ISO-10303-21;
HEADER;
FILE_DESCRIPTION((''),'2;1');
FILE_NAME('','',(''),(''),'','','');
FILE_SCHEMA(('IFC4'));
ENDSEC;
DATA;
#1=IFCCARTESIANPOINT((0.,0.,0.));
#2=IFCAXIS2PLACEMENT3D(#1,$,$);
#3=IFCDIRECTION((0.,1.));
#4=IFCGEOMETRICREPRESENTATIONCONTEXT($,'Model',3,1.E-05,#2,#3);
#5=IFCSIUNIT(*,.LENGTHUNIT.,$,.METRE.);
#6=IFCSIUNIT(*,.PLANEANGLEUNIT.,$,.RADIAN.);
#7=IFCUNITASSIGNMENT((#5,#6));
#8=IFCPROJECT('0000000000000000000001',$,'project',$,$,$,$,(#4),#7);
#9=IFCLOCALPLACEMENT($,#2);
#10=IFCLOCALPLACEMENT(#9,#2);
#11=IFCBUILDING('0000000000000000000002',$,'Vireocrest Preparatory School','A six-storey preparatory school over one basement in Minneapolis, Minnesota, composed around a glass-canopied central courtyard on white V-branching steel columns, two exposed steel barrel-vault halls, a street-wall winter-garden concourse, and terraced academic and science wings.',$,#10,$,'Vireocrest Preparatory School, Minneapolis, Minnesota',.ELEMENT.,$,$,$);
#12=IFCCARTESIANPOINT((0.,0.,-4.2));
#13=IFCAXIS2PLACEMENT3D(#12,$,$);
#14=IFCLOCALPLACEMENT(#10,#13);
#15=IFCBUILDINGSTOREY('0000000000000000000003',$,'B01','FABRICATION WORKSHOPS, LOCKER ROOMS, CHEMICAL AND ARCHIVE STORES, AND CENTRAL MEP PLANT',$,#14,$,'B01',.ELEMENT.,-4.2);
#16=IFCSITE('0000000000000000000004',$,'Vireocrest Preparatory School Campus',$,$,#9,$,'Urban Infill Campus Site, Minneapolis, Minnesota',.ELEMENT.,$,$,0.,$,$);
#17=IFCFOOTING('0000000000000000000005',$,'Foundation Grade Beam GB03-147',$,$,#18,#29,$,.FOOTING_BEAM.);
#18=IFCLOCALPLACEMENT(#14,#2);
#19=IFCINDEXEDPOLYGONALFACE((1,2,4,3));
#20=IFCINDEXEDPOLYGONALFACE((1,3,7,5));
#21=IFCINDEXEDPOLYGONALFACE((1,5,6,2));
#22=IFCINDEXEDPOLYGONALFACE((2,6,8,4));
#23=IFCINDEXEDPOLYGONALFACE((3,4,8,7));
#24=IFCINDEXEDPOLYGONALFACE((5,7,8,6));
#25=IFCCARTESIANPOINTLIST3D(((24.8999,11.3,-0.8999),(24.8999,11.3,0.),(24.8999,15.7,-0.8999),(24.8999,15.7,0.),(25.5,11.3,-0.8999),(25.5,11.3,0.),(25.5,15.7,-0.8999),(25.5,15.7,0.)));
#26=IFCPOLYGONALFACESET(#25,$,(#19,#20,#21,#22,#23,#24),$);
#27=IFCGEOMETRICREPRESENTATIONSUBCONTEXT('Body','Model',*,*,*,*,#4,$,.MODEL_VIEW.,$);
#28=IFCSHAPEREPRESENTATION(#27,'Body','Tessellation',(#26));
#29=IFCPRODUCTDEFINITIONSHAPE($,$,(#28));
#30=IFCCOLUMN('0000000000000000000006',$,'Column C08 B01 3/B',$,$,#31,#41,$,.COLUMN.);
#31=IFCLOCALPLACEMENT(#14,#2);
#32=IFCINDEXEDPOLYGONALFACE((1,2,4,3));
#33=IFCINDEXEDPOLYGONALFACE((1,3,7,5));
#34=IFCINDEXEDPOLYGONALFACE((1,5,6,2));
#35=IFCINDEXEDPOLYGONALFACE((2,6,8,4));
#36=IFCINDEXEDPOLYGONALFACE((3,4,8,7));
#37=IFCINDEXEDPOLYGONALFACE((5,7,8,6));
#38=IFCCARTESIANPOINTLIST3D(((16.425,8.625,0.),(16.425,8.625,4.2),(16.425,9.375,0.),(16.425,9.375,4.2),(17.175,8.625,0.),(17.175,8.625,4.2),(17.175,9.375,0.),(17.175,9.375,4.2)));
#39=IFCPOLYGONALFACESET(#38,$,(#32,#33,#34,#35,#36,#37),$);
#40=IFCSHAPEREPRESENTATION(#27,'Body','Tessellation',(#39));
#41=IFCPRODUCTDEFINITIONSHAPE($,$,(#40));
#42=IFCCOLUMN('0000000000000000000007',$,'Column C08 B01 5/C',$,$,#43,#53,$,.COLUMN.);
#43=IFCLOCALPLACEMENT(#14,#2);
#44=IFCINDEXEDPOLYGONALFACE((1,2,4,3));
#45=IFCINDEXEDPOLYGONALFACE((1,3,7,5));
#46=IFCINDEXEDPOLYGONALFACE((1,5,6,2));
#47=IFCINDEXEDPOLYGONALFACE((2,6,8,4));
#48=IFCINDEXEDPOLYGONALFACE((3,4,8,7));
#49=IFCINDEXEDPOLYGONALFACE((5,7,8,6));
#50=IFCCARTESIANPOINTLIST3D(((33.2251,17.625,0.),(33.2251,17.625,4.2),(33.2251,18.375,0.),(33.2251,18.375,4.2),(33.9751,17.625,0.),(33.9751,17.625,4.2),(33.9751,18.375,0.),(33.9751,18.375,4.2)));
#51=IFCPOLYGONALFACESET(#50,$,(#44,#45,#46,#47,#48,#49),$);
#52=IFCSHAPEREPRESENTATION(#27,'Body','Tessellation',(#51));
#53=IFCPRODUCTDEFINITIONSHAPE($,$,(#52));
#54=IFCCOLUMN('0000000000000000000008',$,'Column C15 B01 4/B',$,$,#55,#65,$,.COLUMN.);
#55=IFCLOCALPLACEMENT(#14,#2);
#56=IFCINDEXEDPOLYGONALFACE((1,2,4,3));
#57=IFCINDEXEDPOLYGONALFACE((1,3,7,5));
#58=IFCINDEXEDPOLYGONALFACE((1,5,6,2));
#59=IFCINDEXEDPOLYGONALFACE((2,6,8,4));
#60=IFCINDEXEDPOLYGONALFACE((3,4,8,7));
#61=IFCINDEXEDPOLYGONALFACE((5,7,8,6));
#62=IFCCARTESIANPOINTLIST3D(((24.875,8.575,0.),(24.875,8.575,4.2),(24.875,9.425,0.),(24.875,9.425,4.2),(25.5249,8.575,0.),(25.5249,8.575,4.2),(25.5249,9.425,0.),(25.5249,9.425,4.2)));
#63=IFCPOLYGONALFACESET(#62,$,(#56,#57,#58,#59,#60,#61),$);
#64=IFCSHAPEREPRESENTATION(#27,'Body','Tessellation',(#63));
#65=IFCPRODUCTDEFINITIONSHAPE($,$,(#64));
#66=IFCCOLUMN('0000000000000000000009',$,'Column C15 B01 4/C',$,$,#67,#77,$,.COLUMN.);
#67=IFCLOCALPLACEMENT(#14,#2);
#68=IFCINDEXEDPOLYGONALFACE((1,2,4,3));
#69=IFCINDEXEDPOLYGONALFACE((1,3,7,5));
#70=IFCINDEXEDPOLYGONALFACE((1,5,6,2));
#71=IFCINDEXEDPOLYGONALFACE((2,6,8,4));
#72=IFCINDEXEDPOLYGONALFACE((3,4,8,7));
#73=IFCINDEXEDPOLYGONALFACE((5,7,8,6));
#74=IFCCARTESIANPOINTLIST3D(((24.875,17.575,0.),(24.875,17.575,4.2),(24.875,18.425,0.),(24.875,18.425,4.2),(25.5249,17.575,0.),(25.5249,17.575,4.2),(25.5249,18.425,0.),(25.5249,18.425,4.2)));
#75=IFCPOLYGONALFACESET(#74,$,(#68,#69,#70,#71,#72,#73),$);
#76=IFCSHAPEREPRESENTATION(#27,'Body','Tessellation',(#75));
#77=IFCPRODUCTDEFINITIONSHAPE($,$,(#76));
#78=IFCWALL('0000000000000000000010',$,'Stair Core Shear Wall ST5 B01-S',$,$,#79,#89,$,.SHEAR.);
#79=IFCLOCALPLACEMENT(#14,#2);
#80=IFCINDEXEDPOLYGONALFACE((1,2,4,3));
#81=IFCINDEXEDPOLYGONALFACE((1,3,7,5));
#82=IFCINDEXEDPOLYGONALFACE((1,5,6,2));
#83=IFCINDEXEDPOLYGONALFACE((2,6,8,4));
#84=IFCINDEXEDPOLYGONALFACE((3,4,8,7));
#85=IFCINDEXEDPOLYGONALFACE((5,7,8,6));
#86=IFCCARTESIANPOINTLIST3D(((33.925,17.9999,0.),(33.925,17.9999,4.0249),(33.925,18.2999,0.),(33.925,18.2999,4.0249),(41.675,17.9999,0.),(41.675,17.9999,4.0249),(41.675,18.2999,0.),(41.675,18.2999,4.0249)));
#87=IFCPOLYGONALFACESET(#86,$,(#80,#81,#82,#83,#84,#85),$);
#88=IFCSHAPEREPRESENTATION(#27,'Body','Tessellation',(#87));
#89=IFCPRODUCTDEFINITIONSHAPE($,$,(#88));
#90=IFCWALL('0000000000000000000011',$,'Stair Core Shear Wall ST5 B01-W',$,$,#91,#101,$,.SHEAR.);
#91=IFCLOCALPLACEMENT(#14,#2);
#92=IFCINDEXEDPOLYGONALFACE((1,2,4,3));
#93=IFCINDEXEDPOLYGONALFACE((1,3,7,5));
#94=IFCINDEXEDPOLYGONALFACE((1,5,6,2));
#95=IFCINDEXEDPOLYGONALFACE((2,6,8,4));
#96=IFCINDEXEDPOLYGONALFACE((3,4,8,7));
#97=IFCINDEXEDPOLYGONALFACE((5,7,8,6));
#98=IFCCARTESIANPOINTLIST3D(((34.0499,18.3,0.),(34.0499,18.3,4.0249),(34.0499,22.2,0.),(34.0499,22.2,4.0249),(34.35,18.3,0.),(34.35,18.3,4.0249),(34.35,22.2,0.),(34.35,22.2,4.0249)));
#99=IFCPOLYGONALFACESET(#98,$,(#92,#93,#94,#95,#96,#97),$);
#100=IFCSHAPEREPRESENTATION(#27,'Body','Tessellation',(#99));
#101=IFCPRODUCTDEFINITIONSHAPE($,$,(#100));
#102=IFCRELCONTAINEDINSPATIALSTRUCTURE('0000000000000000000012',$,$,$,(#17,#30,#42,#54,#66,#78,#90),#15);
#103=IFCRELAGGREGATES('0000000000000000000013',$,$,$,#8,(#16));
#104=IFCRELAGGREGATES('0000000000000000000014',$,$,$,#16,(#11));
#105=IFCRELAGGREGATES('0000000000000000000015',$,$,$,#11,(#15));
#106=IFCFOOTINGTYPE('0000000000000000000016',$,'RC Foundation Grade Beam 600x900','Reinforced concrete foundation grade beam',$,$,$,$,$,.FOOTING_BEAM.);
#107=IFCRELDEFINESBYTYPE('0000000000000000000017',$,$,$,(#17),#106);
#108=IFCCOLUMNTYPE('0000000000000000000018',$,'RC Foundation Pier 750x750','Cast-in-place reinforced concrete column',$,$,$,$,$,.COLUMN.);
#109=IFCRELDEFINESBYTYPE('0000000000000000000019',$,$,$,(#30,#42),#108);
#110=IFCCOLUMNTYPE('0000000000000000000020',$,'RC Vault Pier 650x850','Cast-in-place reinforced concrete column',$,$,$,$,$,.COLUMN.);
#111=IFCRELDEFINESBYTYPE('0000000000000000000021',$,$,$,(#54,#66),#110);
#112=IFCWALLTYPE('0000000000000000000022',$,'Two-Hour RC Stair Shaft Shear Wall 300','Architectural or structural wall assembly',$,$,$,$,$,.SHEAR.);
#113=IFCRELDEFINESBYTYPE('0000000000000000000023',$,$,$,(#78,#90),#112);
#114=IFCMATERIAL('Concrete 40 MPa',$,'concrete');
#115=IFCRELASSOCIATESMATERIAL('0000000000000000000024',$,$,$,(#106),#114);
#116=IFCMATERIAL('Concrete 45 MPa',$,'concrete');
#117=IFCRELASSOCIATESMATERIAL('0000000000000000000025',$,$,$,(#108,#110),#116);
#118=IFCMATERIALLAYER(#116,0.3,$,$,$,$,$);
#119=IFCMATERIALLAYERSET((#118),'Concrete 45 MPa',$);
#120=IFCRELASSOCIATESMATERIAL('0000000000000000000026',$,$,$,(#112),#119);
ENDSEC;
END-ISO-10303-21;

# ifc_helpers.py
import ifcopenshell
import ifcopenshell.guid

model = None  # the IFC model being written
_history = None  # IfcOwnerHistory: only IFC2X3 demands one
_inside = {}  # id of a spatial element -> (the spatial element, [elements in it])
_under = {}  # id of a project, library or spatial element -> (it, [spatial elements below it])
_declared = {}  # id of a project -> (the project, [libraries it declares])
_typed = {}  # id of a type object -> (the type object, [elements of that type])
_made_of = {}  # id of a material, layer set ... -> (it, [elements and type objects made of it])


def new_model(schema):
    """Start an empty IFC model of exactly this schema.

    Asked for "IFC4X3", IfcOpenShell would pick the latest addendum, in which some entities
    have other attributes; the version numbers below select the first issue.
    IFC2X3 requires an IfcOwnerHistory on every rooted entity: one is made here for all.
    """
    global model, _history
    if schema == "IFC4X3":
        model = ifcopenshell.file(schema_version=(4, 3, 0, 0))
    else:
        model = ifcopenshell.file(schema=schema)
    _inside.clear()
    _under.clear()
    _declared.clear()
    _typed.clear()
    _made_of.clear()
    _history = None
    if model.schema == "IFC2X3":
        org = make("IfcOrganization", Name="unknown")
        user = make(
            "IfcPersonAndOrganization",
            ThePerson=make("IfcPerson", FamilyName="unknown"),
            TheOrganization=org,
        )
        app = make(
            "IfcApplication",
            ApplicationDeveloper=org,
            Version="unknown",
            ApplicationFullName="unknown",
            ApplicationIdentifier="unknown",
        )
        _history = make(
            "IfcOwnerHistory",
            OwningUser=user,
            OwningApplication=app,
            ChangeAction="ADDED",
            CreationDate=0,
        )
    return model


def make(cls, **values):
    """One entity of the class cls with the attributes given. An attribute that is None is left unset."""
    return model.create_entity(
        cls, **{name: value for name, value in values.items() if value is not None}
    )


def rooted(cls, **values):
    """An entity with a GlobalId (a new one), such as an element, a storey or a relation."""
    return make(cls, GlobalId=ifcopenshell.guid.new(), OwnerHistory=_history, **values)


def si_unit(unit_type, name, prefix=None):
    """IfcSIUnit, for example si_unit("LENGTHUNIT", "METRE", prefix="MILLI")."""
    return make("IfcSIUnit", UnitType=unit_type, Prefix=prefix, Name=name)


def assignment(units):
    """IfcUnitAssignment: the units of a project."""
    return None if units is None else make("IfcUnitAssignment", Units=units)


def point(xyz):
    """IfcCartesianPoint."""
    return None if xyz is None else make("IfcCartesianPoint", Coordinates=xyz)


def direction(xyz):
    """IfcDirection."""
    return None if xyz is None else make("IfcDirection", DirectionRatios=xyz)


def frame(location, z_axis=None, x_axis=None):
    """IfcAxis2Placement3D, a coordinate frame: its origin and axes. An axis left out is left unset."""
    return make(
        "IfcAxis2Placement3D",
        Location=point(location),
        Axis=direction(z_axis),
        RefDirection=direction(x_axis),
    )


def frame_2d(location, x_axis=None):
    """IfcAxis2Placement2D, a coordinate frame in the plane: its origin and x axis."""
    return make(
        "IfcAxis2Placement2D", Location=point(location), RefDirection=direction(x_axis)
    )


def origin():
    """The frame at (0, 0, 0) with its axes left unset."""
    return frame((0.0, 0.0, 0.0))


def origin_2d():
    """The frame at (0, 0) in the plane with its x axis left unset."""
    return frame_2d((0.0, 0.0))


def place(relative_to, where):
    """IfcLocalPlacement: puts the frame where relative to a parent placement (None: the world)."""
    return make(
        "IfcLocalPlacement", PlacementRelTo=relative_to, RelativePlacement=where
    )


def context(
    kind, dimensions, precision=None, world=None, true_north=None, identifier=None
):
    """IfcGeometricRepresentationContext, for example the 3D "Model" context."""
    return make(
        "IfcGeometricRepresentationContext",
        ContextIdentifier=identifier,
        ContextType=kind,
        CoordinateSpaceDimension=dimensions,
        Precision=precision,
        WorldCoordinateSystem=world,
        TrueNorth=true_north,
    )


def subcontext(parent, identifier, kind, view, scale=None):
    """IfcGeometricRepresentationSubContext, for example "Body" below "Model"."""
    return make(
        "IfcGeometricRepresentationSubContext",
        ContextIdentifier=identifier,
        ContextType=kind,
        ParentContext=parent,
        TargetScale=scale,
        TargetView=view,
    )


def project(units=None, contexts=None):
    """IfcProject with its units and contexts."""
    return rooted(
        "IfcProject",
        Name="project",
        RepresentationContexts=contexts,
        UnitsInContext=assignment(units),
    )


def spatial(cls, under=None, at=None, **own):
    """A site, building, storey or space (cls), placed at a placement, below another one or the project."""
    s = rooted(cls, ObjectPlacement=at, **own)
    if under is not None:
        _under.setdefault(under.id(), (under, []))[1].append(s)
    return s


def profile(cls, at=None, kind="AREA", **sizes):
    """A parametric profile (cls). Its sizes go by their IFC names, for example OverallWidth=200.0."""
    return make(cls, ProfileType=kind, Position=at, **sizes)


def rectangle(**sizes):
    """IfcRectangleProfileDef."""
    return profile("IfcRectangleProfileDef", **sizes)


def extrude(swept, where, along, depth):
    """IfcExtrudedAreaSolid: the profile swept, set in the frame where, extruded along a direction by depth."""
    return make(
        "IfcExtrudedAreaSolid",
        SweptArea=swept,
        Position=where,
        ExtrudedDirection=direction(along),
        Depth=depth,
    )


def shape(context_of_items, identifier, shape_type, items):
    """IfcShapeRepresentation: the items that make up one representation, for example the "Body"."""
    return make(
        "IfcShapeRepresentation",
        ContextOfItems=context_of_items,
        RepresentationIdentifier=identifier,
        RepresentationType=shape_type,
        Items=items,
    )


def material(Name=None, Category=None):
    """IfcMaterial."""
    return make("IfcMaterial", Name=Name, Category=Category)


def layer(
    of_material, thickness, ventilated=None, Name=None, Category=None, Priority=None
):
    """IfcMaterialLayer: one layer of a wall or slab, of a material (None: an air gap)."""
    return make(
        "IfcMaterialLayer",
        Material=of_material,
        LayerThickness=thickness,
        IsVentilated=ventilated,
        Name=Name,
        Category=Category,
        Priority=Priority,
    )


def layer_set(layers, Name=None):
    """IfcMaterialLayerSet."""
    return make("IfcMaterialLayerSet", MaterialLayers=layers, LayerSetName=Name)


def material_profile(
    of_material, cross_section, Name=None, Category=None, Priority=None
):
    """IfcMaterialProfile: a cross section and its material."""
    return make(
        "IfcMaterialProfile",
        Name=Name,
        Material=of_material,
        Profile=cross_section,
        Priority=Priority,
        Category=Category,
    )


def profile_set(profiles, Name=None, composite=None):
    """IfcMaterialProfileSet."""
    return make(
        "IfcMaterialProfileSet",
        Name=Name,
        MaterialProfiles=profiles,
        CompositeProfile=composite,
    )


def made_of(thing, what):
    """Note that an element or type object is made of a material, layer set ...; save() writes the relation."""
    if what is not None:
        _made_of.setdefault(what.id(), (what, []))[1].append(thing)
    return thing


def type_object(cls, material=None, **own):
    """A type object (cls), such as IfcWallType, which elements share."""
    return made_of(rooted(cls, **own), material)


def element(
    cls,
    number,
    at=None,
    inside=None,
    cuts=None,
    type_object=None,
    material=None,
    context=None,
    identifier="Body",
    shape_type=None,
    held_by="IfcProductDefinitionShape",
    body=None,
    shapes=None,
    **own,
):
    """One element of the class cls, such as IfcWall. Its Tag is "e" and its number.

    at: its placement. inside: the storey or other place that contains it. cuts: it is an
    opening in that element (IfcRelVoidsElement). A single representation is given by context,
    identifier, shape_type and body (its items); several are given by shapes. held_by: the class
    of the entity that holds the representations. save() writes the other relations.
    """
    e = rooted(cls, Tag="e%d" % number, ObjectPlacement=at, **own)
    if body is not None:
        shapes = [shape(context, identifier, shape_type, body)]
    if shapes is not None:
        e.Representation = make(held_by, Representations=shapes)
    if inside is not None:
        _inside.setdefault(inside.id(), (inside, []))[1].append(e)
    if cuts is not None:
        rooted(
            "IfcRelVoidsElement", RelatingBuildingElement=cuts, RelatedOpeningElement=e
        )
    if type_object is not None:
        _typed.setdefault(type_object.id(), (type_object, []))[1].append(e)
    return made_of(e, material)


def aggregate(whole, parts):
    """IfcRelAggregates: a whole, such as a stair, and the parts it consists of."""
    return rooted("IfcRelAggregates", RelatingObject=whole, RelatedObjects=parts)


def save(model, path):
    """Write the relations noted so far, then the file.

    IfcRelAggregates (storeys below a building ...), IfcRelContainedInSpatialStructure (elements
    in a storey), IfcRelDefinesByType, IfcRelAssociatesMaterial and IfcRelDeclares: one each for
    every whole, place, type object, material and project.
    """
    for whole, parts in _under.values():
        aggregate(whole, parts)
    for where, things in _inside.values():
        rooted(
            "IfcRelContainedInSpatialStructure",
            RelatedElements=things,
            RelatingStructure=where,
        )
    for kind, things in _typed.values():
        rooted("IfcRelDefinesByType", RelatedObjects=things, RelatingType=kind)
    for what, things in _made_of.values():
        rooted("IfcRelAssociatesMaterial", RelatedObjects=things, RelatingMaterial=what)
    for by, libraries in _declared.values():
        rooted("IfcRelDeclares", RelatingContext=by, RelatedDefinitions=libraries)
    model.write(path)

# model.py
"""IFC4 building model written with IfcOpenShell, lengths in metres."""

from ifc_helpers import new_model, si_unit, direction, frame, frame_2d, origin, origin_2d, place, context, subcontext, project, spatial, rectangle, extrude, material, layer, layer_set, material_profile, profile_set, type_object, element, save


model = new_model("IFC4")

# Units and contexts
model_context = context("Model", 3, precision=1e-05, world=origin(), true_north=direction((0.0, 1.0)))
body_context = subcontext(model_context, "Body", "Model", "MODEL_VIEW")
ifc_project = project(units=[si_unit("LENGTHUNIT", "METRE"), si_unit("PLANEANGLEUNIT", "RADIAN")], contexts=[model_context])

# Site, building, storey
site_placement = place(None, origin())
site = spatial("IfcSite", under=ifc_project, at=site_placement, Name="Vireocrest Preparatory School Campus", LongName="Urban Infill Campus Site, Minneapolis, Minnesota", CompositionType="ELEMENT", RefElevation=0.0)
building_placement = place(site_placement, origin())
building = spatial("IfcBuilding", under=site, at=building_placement, Name="Vireocrest Preparatory School", Description="A six-storey preparatory school over one basement in Minneapolis, Minnesota, composed around a glass-canopied central courtyard on white V-branching steel columns, two exposed steel barrel-vault halls, a street-wall winter-garden concourse, and terraced academic and science wings.", LongName="Vireocrest Preparatory School, Minneapolis, Minnesota", CompositionType="ELEMENT")
storey_placement = place(building_placement, frame((0.0, 0.0, -4.2)))
storey = spatial("IfcBuildingStorey", under=building, at=storey_placement, Name="B01", Description="FABRICATION WORKSHOPS, LOCKER ROOMS, CHEMICAL AND ARCHIVE STORES, AND CENTRAL MEP PLANT", LongName="B01", CompositionType="ELEMENT", Elevation=-4.2)

# Shared definitions
ifc_material_1 = material(Name="Concrete 40 MPa", Category="concrete")

# Footing
ifc_material_profile_1 = material_profile(ifc_material_1, rectangle(XDim=0.6001, YDim=0.8999, at=origin_2d()), Name="GB 600x900")
ifc_profile_set_1 = profile_set([ifc_material_profile_1], Name="Concrete 40 MPa")
footing_type_1 = type_object("IfcFootingType", Name="RC Foundation Grade Beam 600x900", Description="Reinforced concrete foundation grade beam", PredefinedType="FOOTING_BEAM", material=ifc_profile_set_1)
footing_1_placement = place(storey_placement, frame((25.2, 11.3, -0.45), z_axis=(0.0, 1.0, 0.0), x_axis=(-1.0, 0.0, 0.0)))
element("IfcFooting", 1, at=footing_1_placement, inside=storey, type_object=footing_type_1, Name="Foundation Grade Beam GB03-147", PredefinedType="FOOTING_BEAM", context=body_context, shape_type="SweptSolid", body=[
    extrude(rectangle(XDim=0.6001, YDim=0.8999, at=origin_2d()), origin(), (0.0, 0.0, 1.0), 4.3999),
])

# Columns
ifc_material_2 = material(Name="Concrete 45 MPa", Category="concrete")
ifc_material_profile_2 = material_profile(ifc_material_2, rectangle(XDim=0.75, YDim=0.75, at=origin_2d()), Name="RC 750x750")
ifc_profile_set_2 = profile_set([ifc_material_profile_2], Name="Concrete 45 MPa")
column_type_1 = type_object("IfcColumnType", Name="RC Foundation Pier 750x750", Description="Cast-in-place reinforced concrete column", PredefinedType="COLUMN", material=ifc_profile_set_2)
for number, where, z_axis, x_axis, name in (
    (2, (16.8, 9.0, 0.0), (0.0, 0.0, 1.0), (1.0, 0.0, 0.0), "Column C08 B01 3/B"),
    (3, (33.6001, 18.0, 0.0), (0.0, 0.0, 1.0), (1.0, 0.0, 0.0), "Column C08 B01 5/C"),
):
    element("IfcColumn", number, at=place(storey_placement, frame(where, z_axis=z_axis, x_axis=x_axis)), inside=storey, type_object=column_type_1, Name=name, PredefinedType="COLUMN", context=body_context, shape_type="SweptSolid", body=[
        extrude(rectangle(XDim=0.75, YDim=0.75, at=origin_2d()), origin(), (0.0, 0.0, 1.0), 4.2),
    ])
ifc_material_profile_3 = material_profile(ifc_material_2, rectangle(XDim=0.6499, YDim=0.8501, at=origin_2d()), Name="RC 650x850")
ifc_profile_set_3 = profile_set([ifc_material_profile_3], Name="Concrete 45 MPa")
column_type_2 = type_object("IfcColumnType", Name="RC Vault Pier 650x850", Description="Cast-in-place reinforced concrete column", PredefinedType="COLUMN", material=ifc_profile_set_3)
for number, where, z_axis, x_axis, name in (
    (4, (25.2, 9.0, 0.0), (0.0, 0.0, 1.0), (1.0, 0.0, 0.0), "Column C15 B01 4/B"),
    (5, (25.2, 18.0, 0.0), (0.0, 0.0, 1.0), (1.0, 0.0, 0.0), "Column C15 B01 4/C"),
):
    element("IfcColumn", number, at=place(storey_placement, frame(where, z_axis=z_axis, x_axis=x_axis)), inside=storey, type_object=column_type_2, Name=name, PredefinedType="COLUMN", context=body_context, shape_type="SweptSolid", body=[
        extrude(rectangle(XDim=0.6499, YDim=0.8501, at=origin_2d()), origin(), (0.0, 0.0, 1.0), 4.2),
    ])

# Walls
ifc_layer = layer(ifc_material_2, 0.3)
ifc_layer_set = layer_set([ifc_layer], Name="Concrete 45 MPa")
wall_type = type_object("IfcWallType", Name="Two-Hour RC Stair Shaft Shear Wall 300", Description="Architectural or structural wall assembly", PredefinedType="SHEAR", material=ifc_layer_set)
wall_1_placement = place(storey_placement, frame((33.925, 18.1499, 0.0), z_axis=(0.0, 0.0, 1.0), x_axis=(1.0, 0.0, 0.0)))
element("IfcWall", 6, at=wall_1_placement, inside=storey, type_object=wall_type, Name="Stair Core Shear Wall ST5 B01-S", PredefinedType="SHEAR", context=body_context, shape_type="SweptSolid", body=[
    extrude(rectangle(XDim=7.75, YDim=0.3, at=frame_2d((3.875, 0.0))), origin(), (0.0, 0.0, 1.0), 4.0249),
])
wall_2_placement = place(storey_placement, frame((34.2, 18.3, 0.0), z_axis=(0.0, 0.0, 1.0), x_axis=(0.0, 1.0, 0.0)))
element("IfcWall", 7, at=wall_2_placement, inside=storey, type_object=wall_type, Name="Stair Core Shear Wall ST5 B01-W", PredefinedType="SHEAR", context=body_context, shape_type="SweptSolid", body=[
    extrude(rectangle(XDim=3.8999, YDim=0.3, at=frame_2d((1.95, 0.0))), origin(), (0.0, 0.0, 1.0), 4.0249),
])

save(model, "model.ifc")
